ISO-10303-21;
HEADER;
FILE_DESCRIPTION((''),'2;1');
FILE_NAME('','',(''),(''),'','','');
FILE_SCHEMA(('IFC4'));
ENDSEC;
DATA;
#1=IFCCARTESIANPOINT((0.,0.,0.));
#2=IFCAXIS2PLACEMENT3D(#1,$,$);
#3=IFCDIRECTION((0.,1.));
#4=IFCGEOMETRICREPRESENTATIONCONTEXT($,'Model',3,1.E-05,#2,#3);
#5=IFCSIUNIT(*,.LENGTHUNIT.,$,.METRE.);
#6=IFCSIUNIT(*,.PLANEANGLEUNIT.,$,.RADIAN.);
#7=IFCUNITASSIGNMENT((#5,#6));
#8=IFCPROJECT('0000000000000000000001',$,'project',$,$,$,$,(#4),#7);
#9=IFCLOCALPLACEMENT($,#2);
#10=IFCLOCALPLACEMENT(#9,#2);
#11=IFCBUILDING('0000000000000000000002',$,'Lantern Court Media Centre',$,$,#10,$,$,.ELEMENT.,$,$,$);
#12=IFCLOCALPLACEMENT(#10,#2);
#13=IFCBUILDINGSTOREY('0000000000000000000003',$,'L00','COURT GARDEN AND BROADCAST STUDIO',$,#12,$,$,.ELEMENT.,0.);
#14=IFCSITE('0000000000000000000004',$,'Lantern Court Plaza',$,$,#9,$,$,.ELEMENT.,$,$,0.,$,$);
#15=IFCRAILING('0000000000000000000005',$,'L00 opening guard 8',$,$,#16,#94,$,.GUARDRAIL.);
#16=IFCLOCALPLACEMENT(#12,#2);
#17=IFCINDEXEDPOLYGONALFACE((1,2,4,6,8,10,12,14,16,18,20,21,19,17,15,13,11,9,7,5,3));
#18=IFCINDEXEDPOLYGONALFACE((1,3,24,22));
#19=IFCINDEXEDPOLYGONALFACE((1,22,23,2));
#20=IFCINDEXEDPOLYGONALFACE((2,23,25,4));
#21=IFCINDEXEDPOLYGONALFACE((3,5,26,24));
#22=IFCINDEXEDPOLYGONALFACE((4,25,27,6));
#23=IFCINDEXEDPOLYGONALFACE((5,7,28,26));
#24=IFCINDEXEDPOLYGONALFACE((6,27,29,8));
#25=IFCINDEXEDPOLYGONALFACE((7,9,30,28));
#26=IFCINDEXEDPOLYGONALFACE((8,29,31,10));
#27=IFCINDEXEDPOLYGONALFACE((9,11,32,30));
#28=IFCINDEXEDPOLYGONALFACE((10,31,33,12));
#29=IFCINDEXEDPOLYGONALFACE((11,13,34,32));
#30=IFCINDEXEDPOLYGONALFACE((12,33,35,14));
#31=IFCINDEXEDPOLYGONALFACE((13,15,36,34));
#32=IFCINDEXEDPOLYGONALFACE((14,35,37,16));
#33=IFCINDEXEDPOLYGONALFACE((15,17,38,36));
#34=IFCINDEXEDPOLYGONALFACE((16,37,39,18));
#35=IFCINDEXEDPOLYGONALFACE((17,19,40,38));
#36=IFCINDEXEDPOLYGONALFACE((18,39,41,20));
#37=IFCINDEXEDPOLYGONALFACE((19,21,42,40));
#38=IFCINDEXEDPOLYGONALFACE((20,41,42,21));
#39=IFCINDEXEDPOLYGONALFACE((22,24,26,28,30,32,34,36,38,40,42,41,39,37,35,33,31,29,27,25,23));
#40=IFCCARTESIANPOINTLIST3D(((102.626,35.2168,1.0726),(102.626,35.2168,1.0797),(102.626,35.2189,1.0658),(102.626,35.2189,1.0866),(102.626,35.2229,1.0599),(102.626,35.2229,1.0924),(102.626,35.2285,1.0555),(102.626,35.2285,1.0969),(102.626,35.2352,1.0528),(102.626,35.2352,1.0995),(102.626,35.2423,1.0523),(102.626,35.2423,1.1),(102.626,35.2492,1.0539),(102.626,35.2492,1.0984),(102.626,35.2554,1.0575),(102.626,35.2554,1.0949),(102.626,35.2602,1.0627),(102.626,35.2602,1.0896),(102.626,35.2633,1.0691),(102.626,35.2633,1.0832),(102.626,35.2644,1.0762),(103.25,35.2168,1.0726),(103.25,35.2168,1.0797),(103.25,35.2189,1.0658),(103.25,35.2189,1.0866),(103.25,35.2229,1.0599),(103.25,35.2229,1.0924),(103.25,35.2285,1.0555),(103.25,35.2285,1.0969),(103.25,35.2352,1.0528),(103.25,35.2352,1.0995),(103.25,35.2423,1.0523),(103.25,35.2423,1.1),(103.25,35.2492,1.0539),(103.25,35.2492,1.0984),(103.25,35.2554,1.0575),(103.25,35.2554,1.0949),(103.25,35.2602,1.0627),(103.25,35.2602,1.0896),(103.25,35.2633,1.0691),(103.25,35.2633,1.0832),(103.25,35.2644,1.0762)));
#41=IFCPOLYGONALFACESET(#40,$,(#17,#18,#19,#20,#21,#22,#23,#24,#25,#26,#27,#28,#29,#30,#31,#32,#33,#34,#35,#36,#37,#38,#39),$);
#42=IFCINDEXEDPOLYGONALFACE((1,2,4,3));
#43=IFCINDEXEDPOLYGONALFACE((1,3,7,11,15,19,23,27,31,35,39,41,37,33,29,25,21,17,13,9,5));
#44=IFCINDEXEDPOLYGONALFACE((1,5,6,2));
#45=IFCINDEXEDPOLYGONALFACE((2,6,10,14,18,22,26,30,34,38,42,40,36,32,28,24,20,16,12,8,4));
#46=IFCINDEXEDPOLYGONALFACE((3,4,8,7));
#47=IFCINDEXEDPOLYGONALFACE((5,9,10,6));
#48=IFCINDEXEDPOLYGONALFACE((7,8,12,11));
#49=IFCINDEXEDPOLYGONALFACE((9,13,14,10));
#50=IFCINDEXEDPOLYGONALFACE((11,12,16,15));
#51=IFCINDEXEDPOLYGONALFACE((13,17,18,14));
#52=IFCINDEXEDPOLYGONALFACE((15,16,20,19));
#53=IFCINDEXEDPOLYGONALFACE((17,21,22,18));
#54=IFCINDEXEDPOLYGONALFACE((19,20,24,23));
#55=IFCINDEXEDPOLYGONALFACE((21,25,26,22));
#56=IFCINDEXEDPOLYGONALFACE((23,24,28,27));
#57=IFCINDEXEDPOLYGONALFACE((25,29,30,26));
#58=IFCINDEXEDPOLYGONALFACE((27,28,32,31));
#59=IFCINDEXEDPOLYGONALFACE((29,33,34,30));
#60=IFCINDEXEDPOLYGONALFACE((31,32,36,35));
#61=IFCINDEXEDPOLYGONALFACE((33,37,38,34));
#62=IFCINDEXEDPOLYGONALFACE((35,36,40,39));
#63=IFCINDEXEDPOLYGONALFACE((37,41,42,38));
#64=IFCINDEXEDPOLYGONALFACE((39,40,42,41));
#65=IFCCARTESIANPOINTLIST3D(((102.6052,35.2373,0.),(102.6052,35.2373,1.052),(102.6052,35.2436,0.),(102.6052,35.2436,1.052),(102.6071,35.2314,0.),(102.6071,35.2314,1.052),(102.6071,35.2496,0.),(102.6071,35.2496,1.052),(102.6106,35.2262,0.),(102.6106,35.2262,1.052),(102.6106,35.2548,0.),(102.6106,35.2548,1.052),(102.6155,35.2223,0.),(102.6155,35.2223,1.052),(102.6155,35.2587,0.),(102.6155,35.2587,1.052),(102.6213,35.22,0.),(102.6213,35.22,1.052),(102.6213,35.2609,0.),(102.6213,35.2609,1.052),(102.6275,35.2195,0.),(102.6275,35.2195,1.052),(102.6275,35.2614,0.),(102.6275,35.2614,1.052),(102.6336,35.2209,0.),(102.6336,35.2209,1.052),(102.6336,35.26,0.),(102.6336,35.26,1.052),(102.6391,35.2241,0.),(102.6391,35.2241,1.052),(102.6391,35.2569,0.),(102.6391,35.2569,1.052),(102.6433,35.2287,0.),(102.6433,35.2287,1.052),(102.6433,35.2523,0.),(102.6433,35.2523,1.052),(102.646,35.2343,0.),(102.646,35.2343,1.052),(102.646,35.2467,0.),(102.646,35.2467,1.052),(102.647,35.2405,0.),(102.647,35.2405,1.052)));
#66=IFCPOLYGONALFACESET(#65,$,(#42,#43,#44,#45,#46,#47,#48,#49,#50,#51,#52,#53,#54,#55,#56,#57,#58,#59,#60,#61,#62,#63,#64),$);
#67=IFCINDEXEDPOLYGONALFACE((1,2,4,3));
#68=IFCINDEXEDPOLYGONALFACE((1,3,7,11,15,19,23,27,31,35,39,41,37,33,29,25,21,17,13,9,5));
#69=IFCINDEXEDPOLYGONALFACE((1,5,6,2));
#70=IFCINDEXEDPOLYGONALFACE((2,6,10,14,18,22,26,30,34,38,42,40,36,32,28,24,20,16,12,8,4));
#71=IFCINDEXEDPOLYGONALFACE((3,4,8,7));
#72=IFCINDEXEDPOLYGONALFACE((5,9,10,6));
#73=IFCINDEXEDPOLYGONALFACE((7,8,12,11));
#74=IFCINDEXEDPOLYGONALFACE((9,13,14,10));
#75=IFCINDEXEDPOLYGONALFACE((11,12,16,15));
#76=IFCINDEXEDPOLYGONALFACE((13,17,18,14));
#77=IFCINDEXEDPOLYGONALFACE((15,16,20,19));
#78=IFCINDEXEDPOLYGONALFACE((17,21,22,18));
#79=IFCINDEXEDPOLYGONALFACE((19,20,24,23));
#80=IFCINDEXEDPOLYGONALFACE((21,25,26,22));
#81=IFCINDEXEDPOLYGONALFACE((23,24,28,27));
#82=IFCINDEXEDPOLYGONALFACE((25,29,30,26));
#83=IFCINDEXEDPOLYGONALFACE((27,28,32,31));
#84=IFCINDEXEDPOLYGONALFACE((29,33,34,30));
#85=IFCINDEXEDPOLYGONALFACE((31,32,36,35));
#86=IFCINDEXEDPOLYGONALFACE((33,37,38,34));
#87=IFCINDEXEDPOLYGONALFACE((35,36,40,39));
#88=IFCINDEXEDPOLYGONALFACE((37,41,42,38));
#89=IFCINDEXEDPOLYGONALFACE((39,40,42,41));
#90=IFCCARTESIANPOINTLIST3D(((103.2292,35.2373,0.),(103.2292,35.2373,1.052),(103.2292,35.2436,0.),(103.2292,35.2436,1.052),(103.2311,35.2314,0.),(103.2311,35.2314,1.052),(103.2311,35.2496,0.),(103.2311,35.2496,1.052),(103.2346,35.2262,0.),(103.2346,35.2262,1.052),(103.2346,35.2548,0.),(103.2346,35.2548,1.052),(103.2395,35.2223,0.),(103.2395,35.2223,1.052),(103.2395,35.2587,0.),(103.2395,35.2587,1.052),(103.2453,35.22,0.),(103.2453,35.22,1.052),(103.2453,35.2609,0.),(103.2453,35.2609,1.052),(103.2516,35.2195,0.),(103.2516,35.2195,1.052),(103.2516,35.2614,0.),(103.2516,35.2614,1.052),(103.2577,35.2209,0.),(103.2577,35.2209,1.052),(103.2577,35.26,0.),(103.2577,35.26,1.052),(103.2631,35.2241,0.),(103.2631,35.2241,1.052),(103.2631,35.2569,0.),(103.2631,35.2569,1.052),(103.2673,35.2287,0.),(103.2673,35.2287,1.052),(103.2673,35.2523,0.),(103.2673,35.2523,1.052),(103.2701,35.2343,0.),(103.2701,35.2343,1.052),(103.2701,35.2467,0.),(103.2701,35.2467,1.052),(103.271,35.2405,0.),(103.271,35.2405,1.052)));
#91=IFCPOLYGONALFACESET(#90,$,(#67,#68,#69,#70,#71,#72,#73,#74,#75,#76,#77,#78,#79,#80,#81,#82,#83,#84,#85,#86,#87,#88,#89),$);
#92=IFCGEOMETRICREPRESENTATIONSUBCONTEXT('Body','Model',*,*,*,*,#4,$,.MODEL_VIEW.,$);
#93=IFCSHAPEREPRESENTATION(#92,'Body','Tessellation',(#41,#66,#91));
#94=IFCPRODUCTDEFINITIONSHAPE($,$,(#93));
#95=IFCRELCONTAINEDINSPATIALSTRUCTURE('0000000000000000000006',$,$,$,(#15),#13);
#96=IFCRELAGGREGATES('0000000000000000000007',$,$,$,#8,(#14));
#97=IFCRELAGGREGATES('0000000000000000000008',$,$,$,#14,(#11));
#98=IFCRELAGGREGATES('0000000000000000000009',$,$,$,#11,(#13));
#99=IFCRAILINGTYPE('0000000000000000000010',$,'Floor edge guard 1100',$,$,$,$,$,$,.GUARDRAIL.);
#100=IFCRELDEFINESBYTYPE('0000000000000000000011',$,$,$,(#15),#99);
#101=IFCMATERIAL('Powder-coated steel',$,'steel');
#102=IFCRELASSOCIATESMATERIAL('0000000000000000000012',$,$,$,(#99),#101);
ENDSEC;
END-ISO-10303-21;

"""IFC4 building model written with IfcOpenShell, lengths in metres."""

from ifc_helpers import new_model, si_unit, direction, frame, origin, origin_2d, place, context, subcontext, project, spatial, circle, extrude, material, type_object, element, save


model = new_model("IFC4")

# Units and contexts
model_context = context("Model", 3, precision=1e-05, world=origin(), true_north=direction((0.0, 1.0)))
body_context = subcontext(model_context, "Body", "Model", "MODEL_VIEW")
ifc_project = project(units=[si_unit("LENGTHUNIT", "METRE"), si_unit("PLANEANGLEUNIT", "RADIAN")], contexts=[model_context])

# Site, building, storey
site_placement = place(None, origin())
site = spatial("IfcSite", under=ifc_project, at=site_placement, Name="Lantern Court Plaza", CompositionType="ELEMENT", RefElevation=0.0)
building_placement = place(site_placement, origin())
building = spatial("IfcBuilding", under=site, at=building_placement, Name="Lantern Court Media Centre", CompositionType="ELEMENT")
storey_placement = place(building_placement, origin())
storey = spatial("IfcBuildingStorey", under=building, at=storey_placement, Name="L00", Description="COURT GARDEN AND BROADCAST STUDIO", CompositionType="ELEMENT", Elevation=0.0)

# Railing
ifc_material_1 = material(Name="Powder-coated steel", Category="steel")
railing_type_1 = type_object("IfcRailingType", Name="Floor edge guard 1100", PredefinedType="GUARDRAIL", material=ifc_material_1)
railing_1_placement = place(storey_placement, frame((102.626, 35.2405, 0.0)))
element("IfcRailing", 1, at=railing_1_placement, inside=storey, type_object=railing_type_1, Name="L00 opening guard 8", PredefinedType="GUARDRAIL", context=body_context, shape_type="SweptSolid", body=[
    extrude(circle(Radius=0.0239, at=origin_2d()), frame((0.0, 0.0, 1.0762), z_axis=(1.0, 0.0, 0.0), x_axis=(0.0, 1.0, 0.0)), (0.0, 0.0, 1.0), 0.624),
    extrude(circle(Radius=0.021, at=origin_2d()), origin(), (0.0, 0.0, 1.0), 1.052),
    extrude(circle(Radius=0.021, at=origin_2d()), frame((0.624, 0.0, 0.0)), (0.0, 0.0, 1.0), 1.052),
])

save(model, "model.ifc")
